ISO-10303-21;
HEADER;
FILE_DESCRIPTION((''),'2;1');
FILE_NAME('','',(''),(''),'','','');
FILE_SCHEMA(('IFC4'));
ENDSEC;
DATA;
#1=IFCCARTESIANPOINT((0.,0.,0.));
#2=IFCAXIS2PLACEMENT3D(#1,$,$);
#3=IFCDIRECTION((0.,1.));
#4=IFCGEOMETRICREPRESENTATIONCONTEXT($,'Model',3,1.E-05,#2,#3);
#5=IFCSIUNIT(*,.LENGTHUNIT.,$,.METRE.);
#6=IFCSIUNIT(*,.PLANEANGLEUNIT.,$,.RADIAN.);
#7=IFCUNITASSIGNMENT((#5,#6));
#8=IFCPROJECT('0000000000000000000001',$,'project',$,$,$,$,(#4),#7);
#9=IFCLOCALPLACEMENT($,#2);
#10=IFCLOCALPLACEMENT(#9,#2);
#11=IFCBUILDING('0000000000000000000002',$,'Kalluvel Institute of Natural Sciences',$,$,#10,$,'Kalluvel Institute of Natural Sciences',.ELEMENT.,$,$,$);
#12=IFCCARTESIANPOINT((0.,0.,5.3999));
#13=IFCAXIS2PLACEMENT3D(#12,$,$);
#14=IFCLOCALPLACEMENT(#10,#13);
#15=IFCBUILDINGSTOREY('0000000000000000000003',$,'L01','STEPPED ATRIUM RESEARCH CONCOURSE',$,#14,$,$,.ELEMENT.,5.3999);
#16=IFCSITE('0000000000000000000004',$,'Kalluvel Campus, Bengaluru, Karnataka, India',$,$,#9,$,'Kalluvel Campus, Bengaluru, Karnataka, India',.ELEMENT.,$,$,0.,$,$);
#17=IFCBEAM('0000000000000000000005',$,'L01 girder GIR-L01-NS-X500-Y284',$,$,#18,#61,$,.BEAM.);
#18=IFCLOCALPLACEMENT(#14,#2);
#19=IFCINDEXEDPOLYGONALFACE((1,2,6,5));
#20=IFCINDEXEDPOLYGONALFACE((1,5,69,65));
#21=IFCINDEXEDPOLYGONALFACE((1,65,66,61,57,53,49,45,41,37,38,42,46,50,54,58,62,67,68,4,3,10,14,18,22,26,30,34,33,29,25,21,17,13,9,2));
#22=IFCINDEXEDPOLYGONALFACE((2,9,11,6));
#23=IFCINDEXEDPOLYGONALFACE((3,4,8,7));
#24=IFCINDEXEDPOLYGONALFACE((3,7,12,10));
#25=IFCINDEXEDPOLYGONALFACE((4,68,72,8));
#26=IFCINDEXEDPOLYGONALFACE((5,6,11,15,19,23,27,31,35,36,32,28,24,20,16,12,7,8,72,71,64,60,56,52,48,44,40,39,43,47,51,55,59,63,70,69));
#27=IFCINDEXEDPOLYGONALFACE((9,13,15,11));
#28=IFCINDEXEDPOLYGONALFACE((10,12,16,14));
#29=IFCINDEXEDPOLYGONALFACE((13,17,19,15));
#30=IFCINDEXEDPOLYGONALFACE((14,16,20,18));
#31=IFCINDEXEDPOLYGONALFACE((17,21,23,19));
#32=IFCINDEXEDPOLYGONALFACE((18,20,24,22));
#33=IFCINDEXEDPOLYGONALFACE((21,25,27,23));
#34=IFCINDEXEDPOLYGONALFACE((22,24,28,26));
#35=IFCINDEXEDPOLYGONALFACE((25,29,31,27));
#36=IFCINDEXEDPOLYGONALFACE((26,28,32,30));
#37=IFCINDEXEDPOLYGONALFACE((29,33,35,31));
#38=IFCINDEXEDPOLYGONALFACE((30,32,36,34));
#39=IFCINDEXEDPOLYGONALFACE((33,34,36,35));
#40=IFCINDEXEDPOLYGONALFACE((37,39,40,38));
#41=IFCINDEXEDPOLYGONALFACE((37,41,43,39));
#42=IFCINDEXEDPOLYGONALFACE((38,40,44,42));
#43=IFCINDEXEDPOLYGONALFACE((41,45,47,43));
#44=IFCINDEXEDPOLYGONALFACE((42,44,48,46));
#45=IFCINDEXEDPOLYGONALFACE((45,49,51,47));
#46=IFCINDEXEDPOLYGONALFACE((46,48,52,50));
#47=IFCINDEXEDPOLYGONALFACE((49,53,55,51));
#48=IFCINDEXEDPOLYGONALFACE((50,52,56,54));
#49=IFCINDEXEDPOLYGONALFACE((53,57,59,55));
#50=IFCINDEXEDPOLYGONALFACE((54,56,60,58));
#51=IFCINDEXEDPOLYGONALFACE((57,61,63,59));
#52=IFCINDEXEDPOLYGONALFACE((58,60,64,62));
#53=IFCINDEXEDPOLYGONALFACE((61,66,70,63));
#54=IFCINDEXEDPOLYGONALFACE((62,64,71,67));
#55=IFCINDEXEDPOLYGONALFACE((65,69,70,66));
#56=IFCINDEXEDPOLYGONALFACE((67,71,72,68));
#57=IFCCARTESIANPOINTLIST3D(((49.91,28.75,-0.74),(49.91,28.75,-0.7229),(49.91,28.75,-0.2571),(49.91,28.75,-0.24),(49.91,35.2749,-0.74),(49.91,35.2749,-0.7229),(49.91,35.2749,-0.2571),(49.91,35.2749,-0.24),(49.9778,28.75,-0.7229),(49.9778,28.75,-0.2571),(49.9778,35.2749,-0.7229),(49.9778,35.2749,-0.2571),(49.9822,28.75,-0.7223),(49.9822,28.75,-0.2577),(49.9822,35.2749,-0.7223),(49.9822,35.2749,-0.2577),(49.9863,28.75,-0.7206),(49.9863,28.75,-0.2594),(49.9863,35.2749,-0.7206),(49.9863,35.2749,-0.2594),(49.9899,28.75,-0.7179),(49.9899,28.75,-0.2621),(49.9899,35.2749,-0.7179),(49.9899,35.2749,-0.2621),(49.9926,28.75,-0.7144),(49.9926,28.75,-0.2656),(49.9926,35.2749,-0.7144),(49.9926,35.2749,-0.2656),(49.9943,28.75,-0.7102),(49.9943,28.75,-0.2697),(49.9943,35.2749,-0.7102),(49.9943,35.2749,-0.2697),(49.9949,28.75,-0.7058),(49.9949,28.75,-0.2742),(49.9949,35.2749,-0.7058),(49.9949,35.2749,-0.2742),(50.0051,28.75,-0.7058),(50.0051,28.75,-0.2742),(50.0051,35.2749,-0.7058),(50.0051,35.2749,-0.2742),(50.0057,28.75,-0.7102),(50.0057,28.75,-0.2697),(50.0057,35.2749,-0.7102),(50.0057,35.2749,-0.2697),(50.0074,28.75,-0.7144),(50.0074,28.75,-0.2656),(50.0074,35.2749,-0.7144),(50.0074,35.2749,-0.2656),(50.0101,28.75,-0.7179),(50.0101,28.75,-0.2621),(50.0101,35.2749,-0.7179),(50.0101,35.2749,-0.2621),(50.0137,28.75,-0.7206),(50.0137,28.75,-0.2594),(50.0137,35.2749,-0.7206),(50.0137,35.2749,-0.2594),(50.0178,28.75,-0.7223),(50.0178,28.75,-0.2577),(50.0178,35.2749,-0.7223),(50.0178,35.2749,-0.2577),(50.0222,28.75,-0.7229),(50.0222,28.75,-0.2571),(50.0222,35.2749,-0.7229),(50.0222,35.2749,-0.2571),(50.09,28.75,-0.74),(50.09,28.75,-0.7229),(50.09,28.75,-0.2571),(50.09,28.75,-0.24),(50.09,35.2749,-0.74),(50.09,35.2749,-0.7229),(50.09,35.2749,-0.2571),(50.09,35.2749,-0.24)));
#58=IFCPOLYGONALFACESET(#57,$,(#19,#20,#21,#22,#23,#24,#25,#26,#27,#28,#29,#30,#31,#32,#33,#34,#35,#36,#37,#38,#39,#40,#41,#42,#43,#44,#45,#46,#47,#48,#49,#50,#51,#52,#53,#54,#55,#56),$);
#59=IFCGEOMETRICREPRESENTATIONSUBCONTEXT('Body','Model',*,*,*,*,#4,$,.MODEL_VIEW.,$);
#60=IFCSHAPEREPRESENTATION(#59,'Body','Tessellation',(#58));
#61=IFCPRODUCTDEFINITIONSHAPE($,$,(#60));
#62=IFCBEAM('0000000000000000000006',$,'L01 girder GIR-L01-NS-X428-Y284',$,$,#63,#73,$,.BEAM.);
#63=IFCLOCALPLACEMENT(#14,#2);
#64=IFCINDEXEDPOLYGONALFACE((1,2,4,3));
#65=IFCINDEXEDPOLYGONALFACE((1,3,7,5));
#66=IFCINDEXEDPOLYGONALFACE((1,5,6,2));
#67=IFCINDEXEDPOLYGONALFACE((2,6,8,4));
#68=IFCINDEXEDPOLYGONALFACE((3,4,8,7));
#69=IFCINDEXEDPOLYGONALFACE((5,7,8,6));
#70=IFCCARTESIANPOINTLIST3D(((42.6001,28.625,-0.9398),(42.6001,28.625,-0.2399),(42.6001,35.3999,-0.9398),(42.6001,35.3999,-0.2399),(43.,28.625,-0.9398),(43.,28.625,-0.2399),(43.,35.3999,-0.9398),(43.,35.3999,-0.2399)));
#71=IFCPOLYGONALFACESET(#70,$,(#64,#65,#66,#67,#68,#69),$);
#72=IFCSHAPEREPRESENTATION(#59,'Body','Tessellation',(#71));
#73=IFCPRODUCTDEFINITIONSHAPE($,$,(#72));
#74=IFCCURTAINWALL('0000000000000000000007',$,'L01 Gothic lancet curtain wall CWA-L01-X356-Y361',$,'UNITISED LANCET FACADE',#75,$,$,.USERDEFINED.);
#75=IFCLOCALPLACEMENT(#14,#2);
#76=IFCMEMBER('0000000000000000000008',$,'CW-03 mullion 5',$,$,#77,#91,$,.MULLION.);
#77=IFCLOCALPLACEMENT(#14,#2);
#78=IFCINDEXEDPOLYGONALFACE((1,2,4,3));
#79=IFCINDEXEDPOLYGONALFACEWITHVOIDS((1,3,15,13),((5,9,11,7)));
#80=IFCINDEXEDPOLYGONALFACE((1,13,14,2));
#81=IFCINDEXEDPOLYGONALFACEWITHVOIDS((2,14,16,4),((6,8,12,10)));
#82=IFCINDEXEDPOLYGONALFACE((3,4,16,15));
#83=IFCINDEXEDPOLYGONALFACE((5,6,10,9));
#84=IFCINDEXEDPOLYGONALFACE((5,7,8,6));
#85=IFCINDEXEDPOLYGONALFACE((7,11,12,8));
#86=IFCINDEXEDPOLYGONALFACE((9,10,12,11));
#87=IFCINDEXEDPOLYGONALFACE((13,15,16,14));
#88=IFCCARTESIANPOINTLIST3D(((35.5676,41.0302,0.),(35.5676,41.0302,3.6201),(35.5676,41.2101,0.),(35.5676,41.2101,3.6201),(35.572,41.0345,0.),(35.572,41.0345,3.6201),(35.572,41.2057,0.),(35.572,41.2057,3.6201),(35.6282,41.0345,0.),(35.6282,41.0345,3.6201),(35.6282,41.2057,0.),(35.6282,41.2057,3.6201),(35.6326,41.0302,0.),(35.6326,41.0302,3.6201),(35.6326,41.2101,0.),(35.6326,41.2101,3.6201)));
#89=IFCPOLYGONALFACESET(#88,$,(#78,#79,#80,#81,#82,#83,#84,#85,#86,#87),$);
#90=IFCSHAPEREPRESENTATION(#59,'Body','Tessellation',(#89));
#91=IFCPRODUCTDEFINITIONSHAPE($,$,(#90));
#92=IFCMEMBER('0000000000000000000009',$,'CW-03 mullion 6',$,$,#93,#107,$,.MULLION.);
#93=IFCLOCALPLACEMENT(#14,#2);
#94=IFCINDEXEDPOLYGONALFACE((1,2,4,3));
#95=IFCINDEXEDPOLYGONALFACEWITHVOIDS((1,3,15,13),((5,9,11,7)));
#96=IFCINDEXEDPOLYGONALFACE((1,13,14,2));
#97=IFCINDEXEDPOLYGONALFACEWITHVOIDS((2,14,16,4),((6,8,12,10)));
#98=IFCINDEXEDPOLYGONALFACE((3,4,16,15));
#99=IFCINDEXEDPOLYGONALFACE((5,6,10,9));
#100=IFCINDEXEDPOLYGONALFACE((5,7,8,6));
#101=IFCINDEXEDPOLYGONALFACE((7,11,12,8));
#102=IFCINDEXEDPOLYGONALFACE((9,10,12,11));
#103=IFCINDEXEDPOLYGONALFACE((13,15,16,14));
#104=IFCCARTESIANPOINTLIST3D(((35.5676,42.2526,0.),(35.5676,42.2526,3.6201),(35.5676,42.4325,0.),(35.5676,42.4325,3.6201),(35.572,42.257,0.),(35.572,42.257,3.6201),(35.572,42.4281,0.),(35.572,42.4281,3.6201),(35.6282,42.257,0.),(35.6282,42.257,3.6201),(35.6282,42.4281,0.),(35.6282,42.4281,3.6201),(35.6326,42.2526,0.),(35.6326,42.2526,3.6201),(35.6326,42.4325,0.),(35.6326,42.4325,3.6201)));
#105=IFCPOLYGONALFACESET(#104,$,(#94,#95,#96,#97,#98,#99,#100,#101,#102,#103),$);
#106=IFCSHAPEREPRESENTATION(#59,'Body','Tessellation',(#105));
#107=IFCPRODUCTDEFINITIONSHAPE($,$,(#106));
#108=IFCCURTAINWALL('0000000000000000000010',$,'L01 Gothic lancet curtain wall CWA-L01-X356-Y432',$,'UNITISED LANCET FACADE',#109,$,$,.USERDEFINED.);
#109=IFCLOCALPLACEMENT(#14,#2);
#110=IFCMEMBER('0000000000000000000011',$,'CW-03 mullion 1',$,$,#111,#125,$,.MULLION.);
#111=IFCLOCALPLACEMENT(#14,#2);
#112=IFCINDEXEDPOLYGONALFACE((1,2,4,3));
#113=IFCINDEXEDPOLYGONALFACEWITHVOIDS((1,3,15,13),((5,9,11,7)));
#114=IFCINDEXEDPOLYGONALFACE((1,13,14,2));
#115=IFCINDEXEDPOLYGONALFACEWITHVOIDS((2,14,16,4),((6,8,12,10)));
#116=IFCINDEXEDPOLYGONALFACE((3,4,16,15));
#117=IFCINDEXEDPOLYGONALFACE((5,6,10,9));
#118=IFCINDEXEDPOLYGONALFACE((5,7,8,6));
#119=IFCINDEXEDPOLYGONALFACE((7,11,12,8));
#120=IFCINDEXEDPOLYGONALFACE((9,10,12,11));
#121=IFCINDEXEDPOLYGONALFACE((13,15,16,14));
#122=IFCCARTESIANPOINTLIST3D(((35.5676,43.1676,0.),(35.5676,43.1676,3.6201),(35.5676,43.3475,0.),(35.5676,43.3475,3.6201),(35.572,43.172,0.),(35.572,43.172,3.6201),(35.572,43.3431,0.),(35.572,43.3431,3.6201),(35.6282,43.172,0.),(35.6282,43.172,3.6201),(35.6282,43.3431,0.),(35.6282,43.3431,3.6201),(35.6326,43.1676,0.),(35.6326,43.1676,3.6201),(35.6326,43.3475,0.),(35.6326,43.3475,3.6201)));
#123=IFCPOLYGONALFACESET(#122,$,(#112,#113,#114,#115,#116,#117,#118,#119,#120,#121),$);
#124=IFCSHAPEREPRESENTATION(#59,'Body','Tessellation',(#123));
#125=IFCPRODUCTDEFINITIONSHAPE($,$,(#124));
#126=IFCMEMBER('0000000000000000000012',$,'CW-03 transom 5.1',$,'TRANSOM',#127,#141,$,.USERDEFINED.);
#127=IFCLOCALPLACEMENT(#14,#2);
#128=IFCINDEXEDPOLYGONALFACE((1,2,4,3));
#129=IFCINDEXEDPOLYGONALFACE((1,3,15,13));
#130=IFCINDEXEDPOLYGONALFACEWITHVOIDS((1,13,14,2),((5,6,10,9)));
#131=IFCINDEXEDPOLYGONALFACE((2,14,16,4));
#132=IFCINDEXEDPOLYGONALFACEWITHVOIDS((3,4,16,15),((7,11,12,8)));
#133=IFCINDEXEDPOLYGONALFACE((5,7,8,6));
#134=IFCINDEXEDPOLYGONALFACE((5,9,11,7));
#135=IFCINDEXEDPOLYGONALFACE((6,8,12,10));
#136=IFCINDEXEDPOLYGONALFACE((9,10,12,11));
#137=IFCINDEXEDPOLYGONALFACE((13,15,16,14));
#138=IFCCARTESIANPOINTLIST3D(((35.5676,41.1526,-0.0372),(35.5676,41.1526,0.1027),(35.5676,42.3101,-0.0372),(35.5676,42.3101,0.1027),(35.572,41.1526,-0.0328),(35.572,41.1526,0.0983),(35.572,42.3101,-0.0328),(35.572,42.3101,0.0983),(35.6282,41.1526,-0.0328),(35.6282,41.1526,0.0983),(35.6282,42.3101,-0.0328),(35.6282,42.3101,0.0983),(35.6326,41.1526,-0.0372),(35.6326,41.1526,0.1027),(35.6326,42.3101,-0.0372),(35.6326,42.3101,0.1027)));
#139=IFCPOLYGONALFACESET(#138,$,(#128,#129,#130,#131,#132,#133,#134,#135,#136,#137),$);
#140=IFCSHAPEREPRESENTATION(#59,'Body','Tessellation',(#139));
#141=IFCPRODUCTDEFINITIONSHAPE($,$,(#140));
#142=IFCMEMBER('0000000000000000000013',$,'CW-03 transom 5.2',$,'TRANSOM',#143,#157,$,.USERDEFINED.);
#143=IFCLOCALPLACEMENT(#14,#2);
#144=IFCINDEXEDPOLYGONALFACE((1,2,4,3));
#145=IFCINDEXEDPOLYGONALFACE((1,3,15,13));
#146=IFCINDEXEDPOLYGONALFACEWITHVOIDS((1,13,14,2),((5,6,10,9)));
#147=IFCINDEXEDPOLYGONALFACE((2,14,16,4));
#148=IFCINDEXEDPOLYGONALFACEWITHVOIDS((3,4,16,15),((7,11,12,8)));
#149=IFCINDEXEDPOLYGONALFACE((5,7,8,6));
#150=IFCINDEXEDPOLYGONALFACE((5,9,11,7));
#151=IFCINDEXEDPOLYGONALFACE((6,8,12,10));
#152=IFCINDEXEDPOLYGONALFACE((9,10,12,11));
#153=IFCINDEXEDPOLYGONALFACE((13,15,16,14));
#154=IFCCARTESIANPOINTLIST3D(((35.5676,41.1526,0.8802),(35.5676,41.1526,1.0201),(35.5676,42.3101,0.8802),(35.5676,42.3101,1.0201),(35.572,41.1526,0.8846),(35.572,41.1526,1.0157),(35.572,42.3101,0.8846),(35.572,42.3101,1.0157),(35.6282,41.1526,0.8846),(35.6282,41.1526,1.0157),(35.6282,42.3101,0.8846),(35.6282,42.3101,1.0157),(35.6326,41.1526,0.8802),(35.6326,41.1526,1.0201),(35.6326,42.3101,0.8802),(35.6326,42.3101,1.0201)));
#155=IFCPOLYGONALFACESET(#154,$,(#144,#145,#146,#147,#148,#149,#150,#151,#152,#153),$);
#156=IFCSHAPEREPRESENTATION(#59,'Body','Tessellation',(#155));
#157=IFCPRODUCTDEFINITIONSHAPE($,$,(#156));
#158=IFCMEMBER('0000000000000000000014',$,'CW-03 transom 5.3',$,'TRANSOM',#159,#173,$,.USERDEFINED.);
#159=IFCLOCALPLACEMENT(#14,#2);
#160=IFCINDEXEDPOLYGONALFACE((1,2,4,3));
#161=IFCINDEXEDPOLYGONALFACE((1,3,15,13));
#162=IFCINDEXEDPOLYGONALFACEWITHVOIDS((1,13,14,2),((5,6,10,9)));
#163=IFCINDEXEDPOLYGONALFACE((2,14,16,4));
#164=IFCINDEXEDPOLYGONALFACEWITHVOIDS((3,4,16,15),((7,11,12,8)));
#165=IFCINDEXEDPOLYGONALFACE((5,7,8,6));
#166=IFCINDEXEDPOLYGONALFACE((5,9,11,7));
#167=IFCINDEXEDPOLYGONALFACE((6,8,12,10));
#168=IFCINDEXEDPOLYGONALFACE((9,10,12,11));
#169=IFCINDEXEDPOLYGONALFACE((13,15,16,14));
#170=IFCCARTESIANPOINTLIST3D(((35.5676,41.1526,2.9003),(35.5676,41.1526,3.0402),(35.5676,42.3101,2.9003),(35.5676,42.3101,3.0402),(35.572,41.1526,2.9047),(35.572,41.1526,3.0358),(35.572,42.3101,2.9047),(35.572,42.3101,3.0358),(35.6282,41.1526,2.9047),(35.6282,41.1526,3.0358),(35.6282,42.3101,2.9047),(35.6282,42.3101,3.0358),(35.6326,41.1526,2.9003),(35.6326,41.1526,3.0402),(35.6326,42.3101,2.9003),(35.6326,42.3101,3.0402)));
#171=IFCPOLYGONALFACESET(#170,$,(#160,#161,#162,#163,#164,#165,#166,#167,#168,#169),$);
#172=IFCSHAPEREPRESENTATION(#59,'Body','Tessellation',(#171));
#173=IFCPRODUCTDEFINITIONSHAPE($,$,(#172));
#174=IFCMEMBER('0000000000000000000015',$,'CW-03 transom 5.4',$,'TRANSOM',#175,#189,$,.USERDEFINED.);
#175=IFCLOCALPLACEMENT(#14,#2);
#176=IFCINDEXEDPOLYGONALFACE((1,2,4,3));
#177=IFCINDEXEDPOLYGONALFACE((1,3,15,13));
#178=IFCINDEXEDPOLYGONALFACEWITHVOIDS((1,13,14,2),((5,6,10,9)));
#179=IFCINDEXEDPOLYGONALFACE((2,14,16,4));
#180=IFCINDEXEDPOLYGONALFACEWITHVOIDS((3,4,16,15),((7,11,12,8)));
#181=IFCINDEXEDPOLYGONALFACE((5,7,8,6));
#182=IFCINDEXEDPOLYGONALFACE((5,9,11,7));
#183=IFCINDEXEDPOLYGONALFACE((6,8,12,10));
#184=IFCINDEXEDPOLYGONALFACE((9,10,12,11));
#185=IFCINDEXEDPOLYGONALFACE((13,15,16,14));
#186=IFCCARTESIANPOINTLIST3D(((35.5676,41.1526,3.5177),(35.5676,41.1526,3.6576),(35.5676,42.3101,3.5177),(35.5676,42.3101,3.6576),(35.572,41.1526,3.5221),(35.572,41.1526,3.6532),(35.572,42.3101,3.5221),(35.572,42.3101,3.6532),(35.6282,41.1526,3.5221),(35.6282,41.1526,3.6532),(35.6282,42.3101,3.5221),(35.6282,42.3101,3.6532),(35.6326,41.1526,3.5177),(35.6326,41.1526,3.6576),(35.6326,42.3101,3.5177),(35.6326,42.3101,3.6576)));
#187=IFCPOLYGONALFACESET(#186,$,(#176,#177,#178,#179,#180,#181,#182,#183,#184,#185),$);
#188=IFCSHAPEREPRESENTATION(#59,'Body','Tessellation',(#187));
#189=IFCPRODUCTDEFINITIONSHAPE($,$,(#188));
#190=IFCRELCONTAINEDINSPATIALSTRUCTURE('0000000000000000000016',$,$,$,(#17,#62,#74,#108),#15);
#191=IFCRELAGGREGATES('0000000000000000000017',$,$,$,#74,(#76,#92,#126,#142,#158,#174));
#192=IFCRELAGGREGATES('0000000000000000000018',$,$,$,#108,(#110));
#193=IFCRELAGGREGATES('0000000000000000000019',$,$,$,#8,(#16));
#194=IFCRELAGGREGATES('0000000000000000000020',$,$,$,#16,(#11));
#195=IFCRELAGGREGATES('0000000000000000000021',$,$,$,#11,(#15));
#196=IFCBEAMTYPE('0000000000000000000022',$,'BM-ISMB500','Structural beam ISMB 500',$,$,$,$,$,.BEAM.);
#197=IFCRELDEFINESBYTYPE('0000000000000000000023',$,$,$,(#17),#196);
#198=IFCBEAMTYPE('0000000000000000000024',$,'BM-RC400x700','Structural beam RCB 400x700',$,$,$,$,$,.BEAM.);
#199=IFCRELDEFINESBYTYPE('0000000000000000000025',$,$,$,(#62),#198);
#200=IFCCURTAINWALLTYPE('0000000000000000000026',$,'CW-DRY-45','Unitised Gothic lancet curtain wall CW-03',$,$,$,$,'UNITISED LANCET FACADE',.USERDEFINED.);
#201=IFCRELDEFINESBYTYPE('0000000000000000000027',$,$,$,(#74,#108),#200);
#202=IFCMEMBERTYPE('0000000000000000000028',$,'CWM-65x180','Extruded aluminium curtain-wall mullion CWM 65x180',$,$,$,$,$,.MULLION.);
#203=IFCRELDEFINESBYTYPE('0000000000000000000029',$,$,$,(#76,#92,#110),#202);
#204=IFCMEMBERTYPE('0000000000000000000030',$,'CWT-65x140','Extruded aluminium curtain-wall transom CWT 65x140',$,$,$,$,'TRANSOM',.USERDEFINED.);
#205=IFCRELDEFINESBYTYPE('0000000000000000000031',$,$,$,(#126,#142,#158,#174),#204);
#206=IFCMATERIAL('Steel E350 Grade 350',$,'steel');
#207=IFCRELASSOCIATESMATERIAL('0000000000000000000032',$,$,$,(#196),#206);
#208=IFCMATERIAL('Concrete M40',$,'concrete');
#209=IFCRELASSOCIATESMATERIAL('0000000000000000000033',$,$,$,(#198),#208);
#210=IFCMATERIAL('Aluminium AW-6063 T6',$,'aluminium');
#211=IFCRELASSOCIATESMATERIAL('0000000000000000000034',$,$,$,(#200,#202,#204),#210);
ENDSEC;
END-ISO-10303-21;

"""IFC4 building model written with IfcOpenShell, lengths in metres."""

from ifc_helpers import new_model, si_unit, direction, frame, origin, origin_2d, place, context, subcontext, project, spatial, rectangle, hollow_rectangle, i_section, extrude, material, material_profile, profile_set, type_object, element, aggregate, save


model = new_model("IFC4")

# Units and contexts
model_context = context("Model", 3, precision=1e-05, world=origin(), true_north=direction((0.0, 1.0)))
body_context = subcontext(model_context, "Body", "Model", "MODEL_VIEW")
ifc_project = project(units=[si_unit("LENGTHUNIT", "METRE"), si_unit("PLANEANGLEUNIT", "RADIAN")], contexts=[model_context])

# Site, building, storey
site_placement = place(None, origin())
site = spatial("IfcSite", under=ifc_project, at=site_placement, Name="Kalluvel Campus, Bengaluru, Karnataka, India", LongName="Kalluvel Campus, Bengaluru, Karnataka, India", CompositionType="ELEMENT", RefElevation=0.0)
building_placement = place(site_placement, origin())
building = spatial("IfcBuilding", under=site, at=building_placement, Name="Kalluvel Institute of Natural Sciences", LongName="Kalluvel Institute of Natural Sciences", CompositionType="ELEMENT")
storey_placement = place(building_placement, frame((0.0, 0.0, 5.3999)))
storey = spatial("IfcBuildingStorey", under=building, at=storey_placement, Name="L01", Description="STEPPED ATRIUM RESEARCH CONCOURSE", CompositionType="ELEMENT", Elevation=5.3999)

# Shared definitions
ifc_material_1 = material(Name="Steel E350 Grade 350", Category="steel")

# Beams
ifc_material_profile_1 = material_profile(ifc_material_1, i_section(OverallWidth=0.1799, OverallDepth=0.5, WebThickness=0.0103, FlangeThickness=0.0171, FilletRadius=0.0171, at=origin_2d()), Name="ISMB 500")
ifc_profile_set_1 = profile_set([ifc_material_profile_1], Name="Steel E350 Grade 350")
beam_type_1 = type_object("IfcBeamType", Name="BM-ISMB500", Description="Structural beam ISMB 500", PredefinedType="BEAM", material=ifc_profile_set_1)
beam_1_placement = place(storey_placement, frame((50.0, 28.75, -0.49), z_axis=(0.0, 1.0, 0.0), x_axis=(-1.0, 0.0, 0.0)))
element("IfcBeam", 1, at=beam_1_placement, inside=storey, type_object=beam_type_1, Name="L01 girder GIR-L01-NS-X500-Y284", PredefinedType="BEAM", context=body_context, shape_type="SweptSolid", body=[
    extrude(i_section(OverallWidth=0.1799, OverallDepth=0.5, WebThickness=0.0103, FlangeThickness=0.0171, FilletRadius=0.0171, at=origin_2d()), origin(), (0.0, 0.0, 1.0), 6.5249),
])
ifc_material_2 = material(Name="Concrete M40", Category="concrete")
ifc_material_profile_2 = material_profile(ifc_material_2, rectangle(XDim=0.3999, YDim=0.7, at=origin_2d()), Name="RCB 400x700")
ifc_profile_set_2 = profile_set([ifc_material_profile_2], Name="Concrete M40")
beam_type_2 = type_object("IfcBeamType", Name="BM-RC400x700", Description="Structural beam RCB 400x700", PredefinedType="BEAM", material=ifc_profile_set_2)
beam_2_placement = place(storey_placement, frame((42.8, 28.625, -0.5898), z_axis=(0.0, 1.0, 0.0), x_axis=(-1.0, 0.0, 0.0)))
element("IfcBeam", 2, at=beam_2_placement, inside=storey, type_object=beam_type_2, Name="L01 girder GIR-L01-NS-X428-Y284", PredefinedType="BEAM", context=body_context, shape_type="SweptSolid", body=[
    extrude(rectangle(XDim=0.3999, YDim=0.7, at=origin_2d()), origin(), (0.0, 0.0, 1.0), 6.7749),
])

# Curtain wall, members
ifc_material_3 = material(Name="Aluminium AW-6063 T6", Category="aluminium")
curtain_wall_type = type_object("IfcCurtainWallType", Name="CW-DRY-45", Description="Unitised Gothic lancet curtain wall CW-03", ElementType="UNITISED LANCET FACADE", PredefinedType="USERDEFINED", material=ifc_material_3)
curtain_wall_1_placement = place(storey_placement, origin())
curtain_wall_1 = element("IfcCurtainWall", 3, at=curtain_wall_1_placement, inside=storey, type_object=curtain_wall_type, Name="L01 Gothic lancet curtain wall CWA-L01-X356-Y361", ObjectType="UNITISED LANCET FACADE", PredefinedType="USERDEFINED")
ifc_material_profile_3 = material_profile(ifc_material_3, hollow_rectangle(XDim=0.0649, YDim=0.1799, WallThickness=0.0044, at=origin_2d()), Name="CWM 65x180")
ifc_profile_set_3 = profile_set([ifc_material_profile_3], Name="Aluminium AW-6063 T6")
member_type_1 = type_object("IfcMemberType", Name="CWM-65x180", Description="Extruded aluminium curtain-wall mullion CWM 65x180", PredefinedType="MULLION", material=ifc_profile_set_3)
member_1_placement = place(storey_placement, frame((35.6001, 41.1201, 0.0), z_axis=(0.0, 0.0, 1.0), x_axis=(-1.0, 0.0, 0.0)))
member_1 = element("IfcMember", 4, at=member_1_placement, type_object=member_type_1, Name="CW-03 mullion 5", PredefinedType="MULLION", context=body_context, shape_type="SweptSolid", body=[
    extrude(hollow_rectangle(XDim=0.0649, YDim=0.1799, WallThickness=0.0044, at=origin_2d()), origin(), (0.0, 0.0, 1.0), 3.6201),
])
member_2_placement = place(storey_placement, frame((35.6001, 42.3425, 0.0), z_axis=(0.0, 0.0, 1.0), x_axis=(-1.0, 0.0, 0.0)))
member_2 = element("IfcMember", 5, at=member_2_placement, type_object=member_type_1, Name="CW-03 mullion 6", PredefinedType="MULLION", context=body_context, shape_type="SweptSolid", body=[
    extrude(hollow_rectangle(XDim=0.0649, YDim=0.1799, WallThickness=0.0044, at=origin_2d()), origin(), (0.0, 0.0, 1.0), 3.6201),
])

# Curtain wall, member
curtain_wall_2_placement = place(storey_placement, origin())
curtain_wall_2 = element("IfcCurtainWall", 6, at=curtain_wall_2_placement, inside=storey, type_object=curtain_wall_type, Name="L01 Gothic lancet curtain wall CWA-L01-X356-Y432", ObjectType="UNITISED LANCET FACADE", PredefinedType="USERDEFINED")
member_3_placement = place(storey_placement, frame((35.6001, 43.2576, 0.0), z_axis=(0.0, 0.0, 1.0), x_axis=(-1.0, 0.0, 0.0)))
member_3 = element("IfcMember", 7, at=member_3_placement, type_object=member_type_1, Name="CW-03 mullion 1", PredefinedType="MULLION", context=body_context, shape_type="SweptSolid", body=[
    extrude(hollow_rectangle(XDim=0.0649, YDim=0.1799, WallThickness=0.0044, at=origin_2d()), origin(), (0.0, 0.0, 1.0), 3.6201),
])

# Members
ifc_material_profile_4 = material_profile(ifc_material_3, hollow_rectangle(XDim=0.0649, YDim=0.1399, WallThickness=0.0044, at=origin_2d()), Name="CWT 65x140")
ifc_profile_set_4 = profile_set([ifc_material_profile_4], Name="Aluminium AW-6063 T6")
member_type_2 = type_object("IfcMemberType", Name="CWT-65x140", Description="Extruded aluminium curtain-wall transom CWT 65x140", ElementType="TRANSOM", PredefinedType="USERDEFINED", material=ifc_profile_set_4)
member_4_placement = place(storey_placement, frame((35.6001, 41.1526, 0.0327), z_axis=(0.0, 1.0, 0.0), x_axis=(-1.0, 0.0, 0.0)))
member_4 = element("IfcMember", 8, at=member_4_placement, type_object=member_type_2, Name="CW-03 transom 5.1", ObjectType="TRANSOM", PredefinedType="USERDEFINED", context=body_context, shape_type="SweptSolid", body=[
    extrude(hollow_rectangle(XDim=0.0649, YDim=0.1399, WallThickness=0.0044, at=origin_2d()), origin(), (0.0, 0.0, 1.0), 1.1575),
])
member_5_placement = place(storey_placement, frame((35.6001, 41.1526, 0.9502), z_axis=(0.0, 1.0, 0.0), x_axis=(-1.0, 0.0, 0.0)))
member_5 = element("IfcMember", 9, at=member_5_placement, type_object=member_type_2, Name="CW-03 transom 5.2", ObjectType="TRANSOM", PredefinedType="USERDEFINED", context=body_context, shape_type="SweptSolid", body=[
    extrude(hollow_rectangle(XDim=0.0649, YDim=0.1399, WallThickness=0.0044, at=origin_2d()), origin(), (0.0, 0.0, 1.0), 1.1575),
])
member_6_placement = place(storey_placement, frame((35.6001, 41.1526, 2.9702), z_axis=(0.0, 1.0, 0.0), x_axis=(-1.0, 0.0, 0.0)))
member_6 = element("IfcMember", 10, at=member_6_placement, type_object=member_type_2, Name="CW-03 transom 5.3", ObjectType="TRANSOM", PredefinedType="USERDEFINED", context=body_context, shape_type="SweptSolid", body=[
    extrude(hollow_rectangle(XDim=0.0649, YDim=0.1399, WallThickness=0.0044, at=origin_2d()), origin(), (0.0, 0.0, 1.0), 1.1575),
])
member_7_placement = place(storey_placement, frame((35.6001, 41.1526, 3.5876), z_axis=(0.0, 1.0, 0.0), x_axis=(-1.0, 0.0, 0.0)))
member_7 = element("IfcMember", 11, at=member_7_placement, type_object=member_type_2, Name="CW-03 transom 5.4", ObjectType="TRANSOM", PredefinedType="USERDEFINED", context=body_context, shape_type="SweptSolid", body=[
    extrude(hollow_rectangle(XDim=0.0649, YDim=0.1399, WallThickness=0.0044, at=origin_2d()), origin(), (0.0, 0.0, 1.0), 1.1575),
])

aggregate(curtain_wall_1, [member_1, member_2, member_4, member_5, member_6, member_7])
aggregate(curtain_wall_2, [member_3])

save(model, "model.ifc")
